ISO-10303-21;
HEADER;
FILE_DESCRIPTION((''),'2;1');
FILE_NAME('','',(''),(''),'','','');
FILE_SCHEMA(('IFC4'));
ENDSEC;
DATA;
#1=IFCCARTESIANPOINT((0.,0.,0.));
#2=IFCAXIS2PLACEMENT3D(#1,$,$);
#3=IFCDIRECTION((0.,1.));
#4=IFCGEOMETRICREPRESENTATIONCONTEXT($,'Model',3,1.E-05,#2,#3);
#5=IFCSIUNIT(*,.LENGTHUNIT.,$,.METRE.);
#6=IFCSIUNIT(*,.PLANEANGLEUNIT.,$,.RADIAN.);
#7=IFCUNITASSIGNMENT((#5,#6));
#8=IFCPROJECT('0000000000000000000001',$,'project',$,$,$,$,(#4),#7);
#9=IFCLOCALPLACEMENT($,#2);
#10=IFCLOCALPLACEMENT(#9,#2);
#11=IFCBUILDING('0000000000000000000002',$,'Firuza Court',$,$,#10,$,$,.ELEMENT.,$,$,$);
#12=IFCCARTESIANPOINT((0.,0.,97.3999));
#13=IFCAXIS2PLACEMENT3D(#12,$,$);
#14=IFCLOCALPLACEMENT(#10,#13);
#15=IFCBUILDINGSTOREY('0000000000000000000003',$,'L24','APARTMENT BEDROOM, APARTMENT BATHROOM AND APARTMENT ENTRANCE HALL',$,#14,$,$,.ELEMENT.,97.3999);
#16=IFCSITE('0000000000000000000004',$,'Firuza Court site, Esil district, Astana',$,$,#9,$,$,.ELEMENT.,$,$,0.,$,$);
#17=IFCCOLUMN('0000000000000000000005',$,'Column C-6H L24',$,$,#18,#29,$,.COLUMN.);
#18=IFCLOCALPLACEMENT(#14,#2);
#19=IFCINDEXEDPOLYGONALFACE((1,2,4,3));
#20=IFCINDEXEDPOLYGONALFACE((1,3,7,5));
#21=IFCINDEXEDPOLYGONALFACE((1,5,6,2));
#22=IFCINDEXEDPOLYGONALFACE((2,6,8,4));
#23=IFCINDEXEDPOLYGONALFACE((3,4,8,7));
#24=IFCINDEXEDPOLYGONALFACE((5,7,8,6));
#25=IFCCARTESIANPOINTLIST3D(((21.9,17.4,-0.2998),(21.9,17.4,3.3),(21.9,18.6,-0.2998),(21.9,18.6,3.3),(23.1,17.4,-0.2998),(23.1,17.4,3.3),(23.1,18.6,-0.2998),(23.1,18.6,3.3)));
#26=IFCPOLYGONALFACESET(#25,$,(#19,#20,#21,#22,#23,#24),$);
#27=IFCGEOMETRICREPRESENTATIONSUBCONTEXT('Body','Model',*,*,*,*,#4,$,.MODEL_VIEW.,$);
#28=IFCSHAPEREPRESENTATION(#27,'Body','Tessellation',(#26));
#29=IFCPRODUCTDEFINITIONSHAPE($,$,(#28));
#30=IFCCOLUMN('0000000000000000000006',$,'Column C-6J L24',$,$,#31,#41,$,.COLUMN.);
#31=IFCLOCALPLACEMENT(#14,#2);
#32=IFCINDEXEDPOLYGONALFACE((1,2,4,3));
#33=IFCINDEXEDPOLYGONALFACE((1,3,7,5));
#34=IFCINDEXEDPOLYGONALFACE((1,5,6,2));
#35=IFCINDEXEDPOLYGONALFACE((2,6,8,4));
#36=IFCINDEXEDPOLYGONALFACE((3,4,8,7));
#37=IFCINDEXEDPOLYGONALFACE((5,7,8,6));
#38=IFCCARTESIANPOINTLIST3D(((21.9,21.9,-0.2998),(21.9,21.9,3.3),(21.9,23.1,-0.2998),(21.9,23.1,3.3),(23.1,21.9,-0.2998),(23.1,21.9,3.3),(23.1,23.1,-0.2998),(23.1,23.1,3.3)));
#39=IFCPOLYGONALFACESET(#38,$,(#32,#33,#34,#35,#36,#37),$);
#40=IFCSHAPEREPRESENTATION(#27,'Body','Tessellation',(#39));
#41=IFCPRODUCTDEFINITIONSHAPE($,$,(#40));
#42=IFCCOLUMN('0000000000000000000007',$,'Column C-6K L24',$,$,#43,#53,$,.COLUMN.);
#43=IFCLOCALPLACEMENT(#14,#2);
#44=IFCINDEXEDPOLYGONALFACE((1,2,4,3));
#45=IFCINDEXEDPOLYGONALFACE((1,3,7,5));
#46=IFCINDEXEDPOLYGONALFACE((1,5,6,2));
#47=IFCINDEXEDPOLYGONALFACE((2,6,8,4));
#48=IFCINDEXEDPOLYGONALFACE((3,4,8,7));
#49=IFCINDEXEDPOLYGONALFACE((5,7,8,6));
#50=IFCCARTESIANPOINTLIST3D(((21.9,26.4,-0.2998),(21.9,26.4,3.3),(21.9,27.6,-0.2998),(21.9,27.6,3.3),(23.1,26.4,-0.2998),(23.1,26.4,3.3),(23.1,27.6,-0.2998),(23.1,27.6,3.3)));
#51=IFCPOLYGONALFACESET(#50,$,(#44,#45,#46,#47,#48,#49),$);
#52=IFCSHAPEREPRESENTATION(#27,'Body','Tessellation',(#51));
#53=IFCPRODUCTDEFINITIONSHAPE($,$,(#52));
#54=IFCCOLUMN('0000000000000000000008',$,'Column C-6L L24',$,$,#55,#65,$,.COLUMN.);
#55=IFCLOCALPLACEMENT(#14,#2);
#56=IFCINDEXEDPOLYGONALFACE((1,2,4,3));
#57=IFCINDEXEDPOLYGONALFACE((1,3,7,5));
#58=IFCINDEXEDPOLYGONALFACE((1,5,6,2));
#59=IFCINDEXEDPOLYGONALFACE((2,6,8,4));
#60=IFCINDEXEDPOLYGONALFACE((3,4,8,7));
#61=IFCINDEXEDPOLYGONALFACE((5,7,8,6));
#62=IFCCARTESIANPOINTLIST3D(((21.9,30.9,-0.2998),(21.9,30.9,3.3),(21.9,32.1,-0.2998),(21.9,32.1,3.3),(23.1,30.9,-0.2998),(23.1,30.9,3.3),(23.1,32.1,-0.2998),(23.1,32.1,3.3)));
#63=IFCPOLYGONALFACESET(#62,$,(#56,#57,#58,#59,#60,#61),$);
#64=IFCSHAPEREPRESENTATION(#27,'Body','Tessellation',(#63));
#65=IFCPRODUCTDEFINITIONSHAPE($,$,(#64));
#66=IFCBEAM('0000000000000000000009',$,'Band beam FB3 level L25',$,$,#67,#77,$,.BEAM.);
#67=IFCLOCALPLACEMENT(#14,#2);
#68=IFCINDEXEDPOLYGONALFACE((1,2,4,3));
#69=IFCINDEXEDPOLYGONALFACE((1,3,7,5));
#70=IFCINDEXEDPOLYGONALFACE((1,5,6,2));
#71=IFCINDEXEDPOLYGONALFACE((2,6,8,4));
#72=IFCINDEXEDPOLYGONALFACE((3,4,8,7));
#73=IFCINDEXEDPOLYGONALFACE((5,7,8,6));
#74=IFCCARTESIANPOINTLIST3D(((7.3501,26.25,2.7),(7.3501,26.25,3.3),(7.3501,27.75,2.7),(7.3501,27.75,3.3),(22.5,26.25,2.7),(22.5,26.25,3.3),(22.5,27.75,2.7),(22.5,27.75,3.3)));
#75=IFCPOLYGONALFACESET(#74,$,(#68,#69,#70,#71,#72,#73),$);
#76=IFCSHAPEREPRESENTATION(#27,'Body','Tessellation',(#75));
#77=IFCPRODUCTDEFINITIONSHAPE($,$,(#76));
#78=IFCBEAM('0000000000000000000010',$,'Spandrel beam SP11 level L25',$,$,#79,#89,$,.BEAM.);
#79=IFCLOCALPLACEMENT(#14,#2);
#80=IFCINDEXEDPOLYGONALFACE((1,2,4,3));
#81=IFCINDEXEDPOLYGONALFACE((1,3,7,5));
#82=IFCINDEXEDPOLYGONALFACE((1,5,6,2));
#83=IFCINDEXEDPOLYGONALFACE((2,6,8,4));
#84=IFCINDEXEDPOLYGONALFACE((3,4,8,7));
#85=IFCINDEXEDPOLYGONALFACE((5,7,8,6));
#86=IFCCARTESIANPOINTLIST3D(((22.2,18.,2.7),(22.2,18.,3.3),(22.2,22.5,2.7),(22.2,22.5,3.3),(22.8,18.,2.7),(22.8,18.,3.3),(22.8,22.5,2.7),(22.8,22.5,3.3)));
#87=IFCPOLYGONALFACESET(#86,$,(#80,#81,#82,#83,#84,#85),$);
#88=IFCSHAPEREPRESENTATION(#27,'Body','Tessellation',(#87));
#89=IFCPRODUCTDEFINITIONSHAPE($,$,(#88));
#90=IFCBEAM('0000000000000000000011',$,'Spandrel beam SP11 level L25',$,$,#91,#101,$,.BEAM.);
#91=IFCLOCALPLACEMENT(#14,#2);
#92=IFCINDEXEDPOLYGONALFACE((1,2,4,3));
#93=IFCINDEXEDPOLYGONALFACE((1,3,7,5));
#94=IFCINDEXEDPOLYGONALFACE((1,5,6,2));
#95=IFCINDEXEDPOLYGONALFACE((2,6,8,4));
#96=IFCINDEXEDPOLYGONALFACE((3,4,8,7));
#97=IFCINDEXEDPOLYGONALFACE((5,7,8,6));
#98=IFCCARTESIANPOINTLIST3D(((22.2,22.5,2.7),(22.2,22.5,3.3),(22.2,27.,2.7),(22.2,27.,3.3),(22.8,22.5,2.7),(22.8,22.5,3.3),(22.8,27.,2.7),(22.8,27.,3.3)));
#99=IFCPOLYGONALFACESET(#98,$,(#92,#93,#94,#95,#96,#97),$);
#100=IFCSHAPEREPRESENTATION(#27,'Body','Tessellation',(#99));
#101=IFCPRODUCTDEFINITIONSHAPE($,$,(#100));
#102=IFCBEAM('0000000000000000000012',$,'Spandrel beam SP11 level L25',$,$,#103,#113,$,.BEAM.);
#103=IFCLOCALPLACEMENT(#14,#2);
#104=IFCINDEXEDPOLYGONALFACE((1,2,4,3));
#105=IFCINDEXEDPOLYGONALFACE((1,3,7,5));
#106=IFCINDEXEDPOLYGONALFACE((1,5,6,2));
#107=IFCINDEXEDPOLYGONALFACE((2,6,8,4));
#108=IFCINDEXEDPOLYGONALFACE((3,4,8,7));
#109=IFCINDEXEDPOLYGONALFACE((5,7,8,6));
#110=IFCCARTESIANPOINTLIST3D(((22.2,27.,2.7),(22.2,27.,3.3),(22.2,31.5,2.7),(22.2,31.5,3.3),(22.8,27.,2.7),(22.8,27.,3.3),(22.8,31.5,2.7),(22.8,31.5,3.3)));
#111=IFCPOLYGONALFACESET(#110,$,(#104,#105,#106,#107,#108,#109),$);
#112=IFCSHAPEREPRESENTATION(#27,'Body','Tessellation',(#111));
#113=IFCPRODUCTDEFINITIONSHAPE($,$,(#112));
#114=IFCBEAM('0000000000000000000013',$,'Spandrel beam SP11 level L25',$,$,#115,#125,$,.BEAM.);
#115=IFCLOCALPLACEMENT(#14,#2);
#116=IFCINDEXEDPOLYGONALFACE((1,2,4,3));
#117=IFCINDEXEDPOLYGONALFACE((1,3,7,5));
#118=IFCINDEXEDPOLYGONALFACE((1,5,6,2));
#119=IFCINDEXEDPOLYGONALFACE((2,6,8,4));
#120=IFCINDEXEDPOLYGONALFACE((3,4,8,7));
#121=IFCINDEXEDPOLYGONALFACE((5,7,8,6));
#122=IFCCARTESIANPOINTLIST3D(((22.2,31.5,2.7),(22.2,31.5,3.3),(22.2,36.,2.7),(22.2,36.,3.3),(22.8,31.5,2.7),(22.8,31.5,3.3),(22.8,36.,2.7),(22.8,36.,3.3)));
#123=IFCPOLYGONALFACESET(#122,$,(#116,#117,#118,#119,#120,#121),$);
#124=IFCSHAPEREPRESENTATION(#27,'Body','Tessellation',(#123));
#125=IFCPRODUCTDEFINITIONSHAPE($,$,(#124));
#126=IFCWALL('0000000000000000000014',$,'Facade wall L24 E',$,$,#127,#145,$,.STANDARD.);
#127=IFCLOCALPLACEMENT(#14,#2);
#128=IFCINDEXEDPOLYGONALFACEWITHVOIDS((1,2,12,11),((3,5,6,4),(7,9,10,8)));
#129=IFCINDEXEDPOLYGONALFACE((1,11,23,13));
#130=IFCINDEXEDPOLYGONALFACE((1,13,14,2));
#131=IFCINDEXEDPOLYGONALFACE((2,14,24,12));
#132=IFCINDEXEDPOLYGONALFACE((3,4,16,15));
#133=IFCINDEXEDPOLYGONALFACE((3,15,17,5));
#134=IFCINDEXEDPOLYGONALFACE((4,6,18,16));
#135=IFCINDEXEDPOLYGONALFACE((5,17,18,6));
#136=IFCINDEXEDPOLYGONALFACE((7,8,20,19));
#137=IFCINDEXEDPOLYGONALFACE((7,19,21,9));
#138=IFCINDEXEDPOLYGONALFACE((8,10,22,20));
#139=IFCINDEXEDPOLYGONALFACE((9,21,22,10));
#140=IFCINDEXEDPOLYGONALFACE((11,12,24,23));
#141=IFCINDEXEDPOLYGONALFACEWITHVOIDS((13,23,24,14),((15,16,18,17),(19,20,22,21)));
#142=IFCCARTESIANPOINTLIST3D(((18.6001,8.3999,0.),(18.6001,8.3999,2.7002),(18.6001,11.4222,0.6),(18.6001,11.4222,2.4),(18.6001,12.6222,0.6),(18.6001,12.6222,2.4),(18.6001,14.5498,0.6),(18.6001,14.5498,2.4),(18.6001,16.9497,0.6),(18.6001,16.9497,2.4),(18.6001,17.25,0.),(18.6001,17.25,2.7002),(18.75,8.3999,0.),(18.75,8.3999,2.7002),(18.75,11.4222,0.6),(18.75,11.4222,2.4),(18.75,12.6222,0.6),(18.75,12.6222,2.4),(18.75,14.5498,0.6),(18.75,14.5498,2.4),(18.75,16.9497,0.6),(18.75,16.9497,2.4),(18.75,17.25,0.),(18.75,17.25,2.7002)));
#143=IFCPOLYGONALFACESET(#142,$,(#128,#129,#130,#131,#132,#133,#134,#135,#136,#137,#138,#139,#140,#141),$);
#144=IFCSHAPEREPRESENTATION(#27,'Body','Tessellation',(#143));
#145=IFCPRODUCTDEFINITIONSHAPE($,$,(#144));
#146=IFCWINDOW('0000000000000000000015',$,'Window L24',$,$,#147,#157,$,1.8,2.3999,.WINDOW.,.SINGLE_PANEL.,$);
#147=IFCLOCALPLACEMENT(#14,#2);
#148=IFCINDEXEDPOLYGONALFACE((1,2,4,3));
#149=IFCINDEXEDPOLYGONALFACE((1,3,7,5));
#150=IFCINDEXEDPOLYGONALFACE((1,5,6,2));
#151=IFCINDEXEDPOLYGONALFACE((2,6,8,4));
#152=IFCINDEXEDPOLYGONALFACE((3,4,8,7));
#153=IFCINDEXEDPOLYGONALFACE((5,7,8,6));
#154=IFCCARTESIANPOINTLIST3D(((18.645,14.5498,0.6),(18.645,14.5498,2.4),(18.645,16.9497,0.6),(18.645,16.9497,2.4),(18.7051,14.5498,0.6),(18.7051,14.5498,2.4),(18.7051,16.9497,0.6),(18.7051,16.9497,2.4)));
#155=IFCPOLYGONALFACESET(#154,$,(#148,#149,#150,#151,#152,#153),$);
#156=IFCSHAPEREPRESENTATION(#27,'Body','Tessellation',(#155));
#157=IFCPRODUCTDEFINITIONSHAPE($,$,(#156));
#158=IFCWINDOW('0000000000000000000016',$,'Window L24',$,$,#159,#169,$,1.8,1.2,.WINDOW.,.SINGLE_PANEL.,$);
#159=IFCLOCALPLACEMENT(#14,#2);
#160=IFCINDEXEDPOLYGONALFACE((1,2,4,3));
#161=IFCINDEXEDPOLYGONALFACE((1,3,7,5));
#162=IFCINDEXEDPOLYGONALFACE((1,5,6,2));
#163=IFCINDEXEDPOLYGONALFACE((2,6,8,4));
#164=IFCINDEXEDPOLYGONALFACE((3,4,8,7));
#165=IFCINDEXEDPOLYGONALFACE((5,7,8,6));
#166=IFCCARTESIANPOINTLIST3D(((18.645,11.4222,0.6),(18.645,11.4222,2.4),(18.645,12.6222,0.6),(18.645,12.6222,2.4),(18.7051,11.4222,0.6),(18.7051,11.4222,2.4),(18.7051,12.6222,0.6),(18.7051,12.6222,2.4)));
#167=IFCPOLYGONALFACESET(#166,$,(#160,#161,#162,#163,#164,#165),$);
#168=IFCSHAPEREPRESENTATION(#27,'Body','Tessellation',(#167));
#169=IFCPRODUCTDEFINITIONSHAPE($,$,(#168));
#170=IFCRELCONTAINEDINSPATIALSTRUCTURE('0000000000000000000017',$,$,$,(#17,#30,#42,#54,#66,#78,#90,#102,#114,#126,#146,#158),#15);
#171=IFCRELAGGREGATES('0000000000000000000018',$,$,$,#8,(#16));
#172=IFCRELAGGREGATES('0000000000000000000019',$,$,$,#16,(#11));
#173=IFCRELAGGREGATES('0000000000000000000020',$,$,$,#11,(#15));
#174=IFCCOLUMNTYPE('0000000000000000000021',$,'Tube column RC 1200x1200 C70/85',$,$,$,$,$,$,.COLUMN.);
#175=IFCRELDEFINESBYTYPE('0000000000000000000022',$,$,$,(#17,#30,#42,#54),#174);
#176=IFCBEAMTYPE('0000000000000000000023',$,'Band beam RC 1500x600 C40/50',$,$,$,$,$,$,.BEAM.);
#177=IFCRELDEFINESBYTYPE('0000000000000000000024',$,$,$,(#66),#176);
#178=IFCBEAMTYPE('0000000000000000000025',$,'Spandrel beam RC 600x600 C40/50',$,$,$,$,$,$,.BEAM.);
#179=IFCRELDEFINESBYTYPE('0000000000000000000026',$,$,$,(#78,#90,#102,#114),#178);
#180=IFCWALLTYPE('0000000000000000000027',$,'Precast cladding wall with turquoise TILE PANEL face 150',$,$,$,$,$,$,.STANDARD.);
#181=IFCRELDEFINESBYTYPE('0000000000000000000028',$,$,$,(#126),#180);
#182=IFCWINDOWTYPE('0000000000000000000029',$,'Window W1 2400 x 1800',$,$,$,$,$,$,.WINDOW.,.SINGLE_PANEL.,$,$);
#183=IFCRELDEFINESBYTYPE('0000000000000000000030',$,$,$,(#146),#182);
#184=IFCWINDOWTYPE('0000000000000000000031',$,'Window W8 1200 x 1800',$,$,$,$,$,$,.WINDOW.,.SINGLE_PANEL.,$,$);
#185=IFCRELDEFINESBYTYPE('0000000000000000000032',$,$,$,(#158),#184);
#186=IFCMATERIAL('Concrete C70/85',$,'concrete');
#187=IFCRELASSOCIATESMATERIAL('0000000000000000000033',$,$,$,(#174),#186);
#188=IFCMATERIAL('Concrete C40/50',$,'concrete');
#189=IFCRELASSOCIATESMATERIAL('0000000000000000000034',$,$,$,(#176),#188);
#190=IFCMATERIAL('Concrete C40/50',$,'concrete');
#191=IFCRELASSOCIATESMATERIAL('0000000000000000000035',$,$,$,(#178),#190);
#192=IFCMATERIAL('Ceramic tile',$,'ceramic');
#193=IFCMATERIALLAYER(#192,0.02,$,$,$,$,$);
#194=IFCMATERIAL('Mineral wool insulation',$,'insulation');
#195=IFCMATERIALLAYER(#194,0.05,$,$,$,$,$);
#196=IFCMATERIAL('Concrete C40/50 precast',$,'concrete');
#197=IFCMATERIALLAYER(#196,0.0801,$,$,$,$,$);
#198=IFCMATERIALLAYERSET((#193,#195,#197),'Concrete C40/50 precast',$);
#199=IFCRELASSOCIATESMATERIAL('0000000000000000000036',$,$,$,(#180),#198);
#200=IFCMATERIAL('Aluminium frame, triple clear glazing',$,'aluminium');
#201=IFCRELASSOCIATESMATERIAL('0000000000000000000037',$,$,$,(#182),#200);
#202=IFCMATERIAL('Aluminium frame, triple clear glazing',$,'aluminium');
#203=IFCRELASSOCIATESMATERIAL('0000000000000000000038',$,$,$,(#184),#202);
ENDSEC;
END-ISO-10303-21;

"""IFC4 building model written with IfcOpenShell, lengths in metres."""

from ifc_helpers import new_model, si_unit, direction, frame, frame_2d, origin, origin_2d, place, context, subcontext, project, spatial, rectangle, extrude, material, layer, layer_set, material_profile, profile_set, type_object, element, fill, save


model = new_model("IFC4")

# Units and contexts
model_context = context("Model", 3, precision=1e-05, world=origin(), true_north=direction((0.0, 1.0)))
body_context = subcontext(model_context, "Body", "Model", "MODEL_VIEW")
ifc_project = project(units=[si_unit("LENGTHUNIT", "METRE"), si_unit("PLANEANGLEUNIT", "RADIAN")], contexts=[model_context])

# Site, building, storey
site_placement = place(None, origin())
site = spatial("IfcSite", under=ifc_project, at=site_placement, Name="Firuza Court site, Esil district, Astana", CompositionType="ELEMENT", RefElevation=0.0)
building_placement = place(site_placement, origin())
building = spatial("IfcBuilding", under=site, at=building_placement, Name="Firuza Court", CompositionType="ELEMENT")
storey_placement = place(building_placement, frame((0.0, 0.0, 97.3999)))
storey = spatial("IfcBuildingStorey", under=building, at=storey_placement, Name="L24", Description="APARTMENT BEDROOM, APARTMENT BATHROOM AND APARTMENT ENTRANCE HALL", CompositionType="ELEMENT", Elevation=97.3999)

# Columns
ifc_material_1 = material(Name="Concrete C70/85", Category="concrete")
ifc_material_profile_1 = material_profile(ifc_material_1, rectangle(XDim=1.2, YDim=1.2, at=origin_2d()), Name="RC 1200x1200")
ifc_profile_set_1 = profile_set([ifc_material_profile_1], Name="Concrete C70/85")
column_type = type_object("IfcColumnType", Name="Tube column RC 1200x1200 C70/85", PredefinedType="COLUMN", material=ifc_profile_set_1)
for number, where, z_axis, x_axis, name in (
    (1, (22.5, 18.0, -0.2998), (0.0, 0.0, 1.0), (1.0, 0.0, 0.0), "Column C-6H L24"),
    (2, (22.5, 22.5, -0.2998), (0.0, 0.0, 1.0), (1.0, 0.0, 0.0), "Column C-6J L24"),
    (3, (22.5, 27.0, -0.2998), (0.0, 0.0, 1.0), (1.0, 0.0, 0.0), "Column C-6K L24"),
    (4, (22.5, 31.5, -0.2998), (0.0, 0.0, 1.0), (1.0, 0.0, 0.0), "Column C-6L L24"),
):
    element("IfcColumn", number, at=place(storey_placement, frame(where, z_axis=z_axis, x_axis=x_axis)), inside=storey, type_object=column_type, Name=name, PredefinedType="COLUMN", context=body_context, shape_type="SweptSolid", body=[
        extrude(rectangle(XDim=1.2, YDim=1.2, at=origin_2d()), origin(), (0.0, 0.0, 1.0), 3.5999),
    ])

# Beams
ifc_material_2 = material(Name="Concrete C40/50", Category="concrete")
ifc_material_profile_2 = material_profile(ifc_material_2, rectangle(XDim=1.5, YDim=0.6001, at=origin_2d()), Name="RC 1500x600")
ifc_profile_set_2 = profile_set([ifc_material_profile_2], Name="Concrete C40/50")
beam_type_1 = type_object("IfcBeamType", Name="Band beam RC 1500x600 C40/50", PredefinedType="BEAM", material=ifc_profile_set_2)
beam_placement = place(storey_placement, frame((22.5, 27.0, 3.0), z_axis=(-1.0, 0.0, 0.0), x_axis=(0.0, -1.0, 0.0)))
element("IfcBeam", 5, at=beam_placement, inside=storey, type_object=beam_type_1, Name="Band beam FB3 level L25", PredefinedType="BEAM", context=body_context, shape_type="SweptSolid", body=[
    extrude(rectangle(XDim=1.5, YDim=0.6001, at=origin_2d()), origin(), (0.0, 0.0, 1.0), 15.1499),
])
ifc_material_3 = material(Name="Concrete C40/50", Category="concrete")
ifc_material_profile_3 = material_profile(ifc_material_3, rectangle(XDim=0.6001, YDim=0.6001, at=origin_2d()), Name="RC 600x600")
ifc_profile_set_3 = profile_set([ifc_material_profile_3], Name="Concrete C40/50")
beam_type_2 = type_object("IfcBeamType", Name="Spandrel beam RC 600x600 C40/50", PredefinedType="BEAM", material=ifc_profile_set_3)
for number, where, z_axis, x_axis, name in (
    (6, (22.5, 18.0, 3.0), (0.0, 1.0, 0.0), (-1.0, 0.0, 0.0), "Spandrel beam SP11 level L25"),
    (7, (22.5, 22.5, 3.0), (0.0, 1.0, 0.0), (-1.0, 0.0, 0.0), "Spandrel beam SP11 level L25"),
    (8, (22.5, 27.0, 3.0), (0.0, 1.0, 0.0), (-1.0, 0.0, 0.0), "Spandrel beam SP11 level L25"),
    (9, (22.5, 31.5, 3.0), (0.0, 1.0, 0.0), (-1.0, 0.0, 0.0), "Spandrel beam SP11 level L25"),
):
    element("IfcBeam", number, at=place(storey_placement, frame(where, z_axis=z_axis, x_axis=x_axis)), inside=storey, type_object=beam_type_2, Name=name, PredefinedType="BEAM", context=body_context, shape_type="SweptSolid", body=[
        extrude(rectangle(XDim=0.6001, YDim=0.6001, at=origin_2d()), origin(), (0.0, 0.0, 1.0), 4.5),
    ])

# Wall, openings, windows
ifc_material_4 = material(Name="Ceramic tile", Category="ceramic")
ifc_layer_1 = layer(ifc_material_4, 0.02)
ifc_material_5 = material(Name="Mineral wool insulation", Category="insulation")
ifc_layer_2 = layer(ifc_material_5, 0.05)
ifc_material_6 = material(Name="Concrete C40/50 precast", Category="concrete")
ifc_layer_3 = layer(ifc_material_6, 0.0801)
ifc_layer_set = layer_set([ifc_layer_1, ifc_layer_2, ifc_layer_3], Name="Concrete C40/50 precast")
wall_type = type_object("IfcWallType", Name="Precast cladding wall with turquoise TILE PANEL face 150", PredefinedType="STANDARD", material=ifc_layer_set)
wall_1_placement = place(storey_placement, frame((18.675, 8.3999, 0.0), z_axis=(0.0, 0.0, 1.0), x_axis=(0.0, 1.0, 0.0)))
wall_1 = element("IfcWall", 10, at=wall_1_placement, inside=storey, type_object=wall_type, Name="Facade wall L24 E", PredefinedType="STANDARD", context=body_context, shape_type="SweptSolid", body=[
    extrude(rectangle(XDim=8.8501, YDim=0.1499, at=frame_2d((4.425, 0.0))), origin(), (0.0, 0.0, 1.0), 2.7002),
])
opening_1_placement = place(wall_1_placement, frame((3.0222, 0.0, 0.6001)))
opening_1 = element("IfcOpeningElement", 11, at=opening_1_placement, cuts=wall_1, PredefinedType="OPENING", context=body_context, shape_type="SweptSolid", body=[
    extrude(rectangle(XDim=1.2, YDim=1.8, at=frame_2d((0.6001, 0.8999))), frame((0.0, 0.0869, 0.0), z_axis=(0.0, -1.0, 0.0), x_axis=(1.0, 0.0, 0.0)), (0.0, 0.0, 1.0), 0.1738),
])
opening_2_placement = place(wall_1_placement, frame((6.1499, 0.0, 0.6001)))
opening_2 = element("IfcOpeningElement", 12, at=opening_2_placement, cuts=wall_1, PredefinedType="OPENING", context=body_context, shape_type="SweptSolid", body=[
    extrude(rectangle(XDim=2.3999, YDim=1.8, at=frame_2d((1.2, 0.8999))), frame((0.0, 0.0869, 0.0), z_axis=(0.0, -1.0, 0.0), x_axis=(1.0, 0.0, 0.0)), (0.0, 0.0, 1.0), 0.1738),
])
ifc_material_7 = material(Name="Aluminium frame, triple clear glazing", Category="aluminium")
window_type_1 = type_object("IfcWindowType", Name="Window W1 2400 x 1800", PartitioningType="SINGLE_PANEL", PredefinedType="WINDOW", material=ifc_material_7)
window_1_placement = place(opening_2_placement, origin())
window_1 = element("IfcWindow", 13, at=window_1_placement, inside=storey, type_object=window_type_1, Name="Window L24", OverallHeight=1.8, OverallWidth=2.3999, PartitioningType="SINGLE_PANEL", PredefinedType="WINDOW", context=body_context, shape_type="SweptSolid", body=[
    extrude(rectangle(XDim=2.3999, YDim=1.8, at=frame_2d((1.2, 0.8999))), frame((0.0, 0.03, 0.0), z_axis=(0.0, -1.0, 0.0), x_axis=(1.0, 0.0, 0.0)), (0.0, 0.0, 1.0), 0.0601),
])
fill(opening_2, window_1)
ifc_material_8 = material(Name="Aluminium frame, triple clear glazing", Category="aluminium")
window_type_2 = type_object("IfcWindowType", Name="Window W8 1200 x 1800", PartitioningType="SINGLE_PANEL", PredefinedType="WINDOW", material=ifc_material_8)
window_2_placement = place(opening_1_placement, origin())
window_2 = element("IfcWindow", 14, at=window_2_placement, inside=storey, type_object=window_type_2, Name="Window L24", OverallHeight=1.8, OverallWidth=1.2, PartitioningType="SINGLE_PANEL", PredefinedType="WINDOW", context=body_context, shape_type="SweptSolid", body=[
    extrude(rectangle(XDim=1.2, YDim=1.8, at=frame_2d((0.6001, 0.8999))), frame((0.0, 0.03, 0.0), z_axis=(0.0, -1.0, 0.0), x_axis=(1.0, 0.0, 0.0)), (0.0, 0.0, 1.0), 0.0601),
])
fill(opening_1, window_2)

save(model, "model.ifc")
